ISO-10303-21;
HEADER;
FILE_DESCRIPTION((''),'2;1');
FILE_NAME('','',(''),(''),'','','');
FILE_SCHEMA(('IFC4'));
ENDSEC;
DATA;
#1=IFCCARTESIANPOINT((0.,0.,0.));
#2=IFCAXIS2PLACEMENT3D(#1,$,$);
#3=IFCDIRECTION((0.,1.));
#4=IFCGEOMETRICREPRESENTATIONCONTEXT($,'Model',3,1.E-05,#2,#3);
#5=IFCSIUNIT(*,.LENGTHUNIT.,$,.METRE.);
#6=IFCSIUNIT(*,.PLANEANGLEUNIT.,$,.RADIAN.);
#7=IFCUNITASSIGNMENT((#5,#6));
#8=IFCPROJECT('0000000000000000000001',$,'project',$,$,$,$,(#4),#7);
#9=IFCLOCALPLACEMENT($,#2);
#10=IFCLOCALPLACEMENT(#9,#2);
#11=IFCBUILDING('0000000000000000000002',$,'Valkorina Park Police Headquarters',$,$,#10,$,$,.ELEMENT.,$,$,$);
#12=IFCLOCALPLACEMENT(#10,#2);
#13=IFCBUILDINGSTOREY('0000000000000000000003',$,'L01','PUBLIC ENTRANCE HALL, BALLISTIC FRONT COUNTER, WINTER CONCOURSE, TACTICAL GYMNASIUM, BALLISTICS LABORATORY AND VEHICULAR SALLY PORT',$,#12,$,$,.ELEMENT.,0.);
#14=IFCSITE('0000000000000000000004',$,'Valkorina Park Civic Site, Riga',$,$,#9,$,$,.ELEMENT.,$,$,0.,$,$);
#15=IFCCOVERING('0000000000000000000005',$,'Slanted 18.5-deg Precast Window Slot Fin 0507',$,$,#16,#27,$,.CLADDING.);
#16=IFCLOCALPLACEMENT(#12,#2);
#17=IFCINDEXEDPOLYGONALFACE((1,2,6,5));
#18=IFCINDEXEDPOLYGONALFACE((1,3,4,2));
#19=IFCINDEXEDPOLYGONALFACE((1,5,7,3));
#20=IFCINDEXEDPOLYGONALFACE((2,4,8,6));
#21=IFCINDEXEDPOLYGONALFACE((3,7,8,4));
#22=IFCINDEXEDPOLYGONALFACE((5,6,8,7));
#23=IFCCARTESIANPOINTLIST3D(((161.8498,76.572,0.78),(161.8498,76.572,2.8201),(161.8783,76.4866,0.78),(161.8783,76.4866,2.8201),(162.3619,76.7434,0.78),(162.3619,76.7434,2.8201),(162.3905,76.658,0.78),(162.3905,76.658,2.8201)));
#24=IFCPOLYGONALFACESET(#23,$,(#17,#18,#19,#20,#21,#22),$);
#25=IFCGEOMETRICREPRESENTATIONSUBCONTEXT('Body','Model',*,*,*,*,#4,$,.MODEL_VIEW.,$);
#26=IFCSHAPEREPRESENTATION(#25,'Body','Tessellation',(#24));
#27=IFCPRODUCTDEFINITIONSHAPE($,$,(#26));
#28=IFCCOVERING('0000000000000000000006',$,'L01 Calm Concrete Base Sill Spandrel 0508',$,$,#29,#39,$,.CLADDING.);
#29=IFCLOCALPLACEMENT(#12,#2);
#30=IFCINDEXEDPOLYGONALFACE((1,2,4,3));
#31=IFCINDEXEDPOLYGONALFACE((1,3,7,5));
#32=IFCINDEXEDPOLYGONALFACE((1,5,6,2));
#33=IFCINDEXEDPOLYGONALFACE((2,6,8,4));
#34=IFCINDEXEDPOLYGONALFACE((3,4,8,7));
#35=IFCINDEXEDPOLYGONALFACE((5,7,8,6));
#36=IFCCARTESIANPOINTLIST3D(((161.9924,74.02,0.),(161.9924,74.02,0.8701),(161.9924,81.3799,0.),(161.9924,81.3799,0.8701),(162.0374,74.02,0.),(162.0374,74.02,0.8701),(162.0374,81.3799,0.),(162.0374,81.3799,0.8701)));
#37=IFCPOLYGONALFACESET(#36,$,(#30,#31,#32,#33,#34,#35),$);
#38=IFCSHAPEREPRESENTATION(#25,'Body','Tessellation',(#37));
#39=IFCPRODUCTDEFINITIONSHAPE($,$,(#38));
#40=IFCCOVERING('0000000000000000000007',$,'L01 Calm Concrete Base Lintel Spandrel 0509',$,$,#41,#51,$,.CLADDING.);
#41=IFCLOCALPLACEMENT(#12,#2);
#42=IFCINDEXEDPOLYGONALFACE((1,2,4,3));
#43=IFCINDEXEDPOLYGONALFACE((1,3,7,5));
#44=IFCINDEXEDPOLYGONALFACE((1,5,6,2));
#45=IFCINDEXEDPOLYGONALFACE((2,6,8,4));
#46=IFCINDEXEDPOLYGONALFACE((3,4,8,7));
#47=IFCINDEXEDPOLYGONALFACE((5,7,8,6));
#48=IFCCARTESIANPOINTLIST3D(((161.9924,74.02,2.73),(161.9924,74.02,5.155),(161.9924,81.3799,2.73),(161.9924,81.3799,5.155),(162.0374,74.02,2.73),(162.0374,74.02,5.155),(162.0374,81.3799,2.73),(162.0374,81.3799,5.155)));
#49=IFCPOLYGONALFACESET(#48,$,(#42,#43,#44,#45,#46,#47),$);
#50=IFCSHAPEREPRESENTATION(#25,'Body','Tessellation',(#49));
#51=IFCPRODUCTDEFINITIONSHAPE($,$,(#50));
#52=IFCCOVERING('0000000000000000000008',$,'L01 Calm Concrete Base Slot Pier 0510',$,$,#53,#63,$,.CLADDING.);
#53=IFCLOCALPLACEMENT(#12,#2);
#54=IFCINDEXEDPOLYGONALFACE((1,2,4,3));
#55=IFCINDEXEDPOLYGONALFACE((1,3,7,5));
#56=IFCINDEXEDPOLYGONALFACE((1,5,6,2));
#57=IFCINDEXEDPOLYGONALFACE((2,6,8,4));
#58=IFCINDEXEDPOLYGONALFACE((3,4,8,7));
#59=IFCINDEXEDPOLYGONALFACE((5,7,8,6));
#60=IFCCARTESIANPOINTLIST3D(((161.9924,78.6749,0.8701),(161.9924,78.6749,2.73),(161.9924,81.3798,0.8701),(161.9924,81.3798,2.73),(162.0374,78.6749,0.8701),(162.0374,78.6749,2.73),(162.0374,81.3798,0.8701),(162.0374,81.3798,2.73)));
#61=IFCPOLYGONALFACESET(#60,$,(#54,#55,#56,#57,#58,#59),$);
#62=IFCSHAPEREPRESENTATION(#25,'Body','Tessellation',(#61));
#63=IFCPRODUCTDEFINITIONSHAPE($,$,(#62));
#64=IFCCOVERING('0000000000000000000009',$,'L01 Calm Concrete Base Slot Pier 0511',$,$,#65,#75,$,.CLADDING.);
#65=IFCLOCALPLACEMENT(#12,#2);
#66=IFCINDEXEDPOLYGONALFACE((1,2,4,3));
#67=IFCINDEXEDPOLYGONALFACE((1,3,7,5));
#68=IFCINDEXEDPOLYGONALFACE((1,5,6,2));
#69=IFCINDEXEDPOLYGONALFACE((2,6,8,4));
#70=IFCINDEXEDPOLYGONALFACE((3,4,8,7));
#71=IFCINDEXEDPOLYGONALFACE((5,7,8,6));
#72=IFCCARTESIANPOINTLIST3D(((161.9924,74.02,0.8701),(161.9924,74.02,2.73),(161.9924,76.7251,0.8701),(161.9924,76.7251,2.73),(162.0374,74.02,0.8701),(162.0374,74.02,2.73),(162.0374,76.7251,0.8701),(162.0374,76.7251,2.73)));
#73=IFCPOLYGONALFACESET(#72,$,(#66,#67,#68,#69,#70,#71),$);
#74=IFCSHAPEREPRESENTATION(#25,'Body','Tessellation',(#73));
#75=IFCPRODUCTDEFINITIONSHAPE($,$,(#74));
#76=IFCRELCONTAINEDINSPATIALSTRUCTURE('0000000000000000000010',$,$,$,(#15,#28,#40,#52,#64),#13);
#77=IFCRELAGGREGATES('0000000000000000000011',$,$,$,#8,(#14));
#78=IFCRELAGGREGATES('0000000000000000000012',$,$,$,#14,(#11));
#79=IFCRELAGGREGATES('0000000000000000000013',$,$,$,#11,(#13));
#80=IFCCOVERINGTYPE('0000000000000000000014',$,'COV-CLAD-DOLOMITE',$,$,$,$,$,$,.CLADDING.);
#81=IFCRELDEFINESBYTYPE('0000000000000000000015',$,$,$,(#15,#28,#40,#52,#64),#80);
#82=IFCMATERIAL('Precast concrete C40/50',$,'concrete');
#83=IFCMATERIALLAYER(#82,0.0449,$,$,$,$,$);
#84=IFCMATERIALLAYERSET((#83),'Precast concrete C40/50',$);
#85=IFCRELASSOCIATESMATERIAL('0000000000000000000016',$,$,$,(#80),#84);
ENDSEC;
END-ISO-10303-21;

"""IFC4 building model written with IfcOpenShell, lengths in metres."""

from ifc_helpers import new_model, si_unit, direction, frame, frame_2d, origin, origin_2d, place, context, subcontext, project, spatial, rectangle, extrude, material, layer, layer_set, type_object, element, save


model = new_model("IFC4")

# Units and contexts
model_context = context("Model", 3, precision=1e-05, world=origin(), true_north=direction((0.0, 1.0)))
body_context = subcontext(model_context, "Body", "Model", "MODEL_VIEW")
ifc_project = project(units=[si_unit("LENGTHUNIT", "METRE"), si_unit("PLANEANGLEUNIT", "RADIAN")], contexts=[model_context])

# Site, building, storey
site_placement = place(None, origin())
site = spatial("IfcSite", under=ifc_project, at=site_placement, Name="Valkorina Park Civic Site, Riga", CompositionType="ELEMENT", RefElevation=0.0)
building_placement = place(site_placement, origin())
building = spatial("IfcBuilding", under=site, at=building_placement, Name="Valkorina Park Police Headquarters", CompositionType="ELEMENT")
storey_placement = place(building_placement, origin())
storey = spatial("IfcBuildingStorey", under=building, at=storey_placement, Name="L01", Description="PUBLIC ENTRANCE HALL, BALLISTIC FRONT COUNTER, WINTER CONCOURSE, TACTICAL GYMNASIUM, BALLISTICS LABORATORY AND VEHICULAR SALLY PORT", CompositionType="ELEMENT", Elevation=0.0)

# Shared definitions
ifc_material_1 = material(Name="Precast concrete C40/50", Category="concrete")

# Coverings
ifc_layer_1 = layer(ifc_material_1, 0.0449)
ifc_layer_set_1 = layer_set([ifc_layer_1], Name="Precast concrete C40/50")
covering_type = type_object("IfcCoveringType", Name="COV-CLAD-DOLOMITE", PredefinedType="CLADDING", material=ifc_layer_set_1)
for number, where, z_axis, x_axis, name in (
    (1, (162.1201, 76.615, 0.78), (0.0, 0.0, 1.0), (0.948324, 0.317305, 0.0), "Slanted 18.5-deg Precast Window Slot Fin 0507"),
):
    element("IfcCovering", number, at=place(storey_placement, frame(where, z_axis=z_axis, x_axis=x_axis)), inside=storey, type_object=covering_type, Name=name, PredefinedType="CLADDING", context=body_context, shape_type="SweptSolid", body=[
        extrude(rectangle(XDim=0.54, YDim=0.0901, at=origin_2d()), origin(), (0.0, 0.0, 1.0), 2.04),
    ])
covering_1_placement = place(storey_placement, frame((162.0149, 81.3799, 0.0), z_axis=(0.0, 0.0, 1.0), x_axis=(0.0, -1.0, 0.0)))
element("IfcCovering", 2, at=covering_1_placement, inside=storey, type_object=covering_type, Name="L01 Calm Concrete Base Sill Spandrel 0508", PredefinedType="CLADDING", context=body_context, shape_type="SweptSolid", body=[
    extrude(rectangle(XDim=7.3599, YDim=0.0449, at=frame_2d((3.6799, 0.0))), origin(), (0.0, 0.0, 1.0), 0.8701),
])
covering_2_placement = place(storey_placement, frame((162.0149, 81.3799, 2.73), z_axis=(0.0, 0.0, 1.0), x_axis=(0.0, -1.0, 0.0)))
element("IfcCovering", 3, at=covering_2_placement, inside=storey, type_object=covering_type, Name="L01 Calm Concrete Base Lintel Spandrel 0509", PredefinedType="CLADDING", context=body_context, shape_type="SweptSolid", body=[
    extrude(rectangle(XDim=7.3599, YDim=0.0449, at=frame_2d((3.6799, 0.0))), origin(), (0.0, 0.0, 1.0), 2.425),
])
covering_3_placement = place(storey_placement, frame((162.0149, 81.3799, 0.8701), z_axis=(0.0, 0.0, 1.0), x_axis=(0.0, -1.0, 0.0)))
element("IfcCovering", 4, at=covering_3_placement, inside=storey, type_object=covering_type, Name="L01 Calm Concrete Base Slot Pier 0510", PredefinedType="CLADDING", context=body_context, shape_type="SweptSolid", body=[
    extrude(rectangle(XDim=2.7048, YDim=0.0449, at=frame_2d((1.3525, 0.0))), origin(), (0.0, 0.0, 1.0), 1.8599),
])
covering_4_placement = place(storey_placement, frame((162.0149, 76.7251, 0.8701), z_axis=(0.0, 0.0, 1.0), x_axis=(0.0, -1.0, 0.0)))
element("IfcCovering", 5, at=covering_4_placement, inside=storey, type_object=covering_type, Name="L01 Calm Concrete Base Slot Pier 0511", PredefinedType="CLADDING", context=body_context, shape_type="SweptSolid", body=[
    extrude(rectangle(XDim=2.7051, YDim=0.0449, at=frame_2d((1.3525, 0.0))), origin(), (0.0, 0.0, 1.0), 1.8599),
])

save(model, "model.ifc")
